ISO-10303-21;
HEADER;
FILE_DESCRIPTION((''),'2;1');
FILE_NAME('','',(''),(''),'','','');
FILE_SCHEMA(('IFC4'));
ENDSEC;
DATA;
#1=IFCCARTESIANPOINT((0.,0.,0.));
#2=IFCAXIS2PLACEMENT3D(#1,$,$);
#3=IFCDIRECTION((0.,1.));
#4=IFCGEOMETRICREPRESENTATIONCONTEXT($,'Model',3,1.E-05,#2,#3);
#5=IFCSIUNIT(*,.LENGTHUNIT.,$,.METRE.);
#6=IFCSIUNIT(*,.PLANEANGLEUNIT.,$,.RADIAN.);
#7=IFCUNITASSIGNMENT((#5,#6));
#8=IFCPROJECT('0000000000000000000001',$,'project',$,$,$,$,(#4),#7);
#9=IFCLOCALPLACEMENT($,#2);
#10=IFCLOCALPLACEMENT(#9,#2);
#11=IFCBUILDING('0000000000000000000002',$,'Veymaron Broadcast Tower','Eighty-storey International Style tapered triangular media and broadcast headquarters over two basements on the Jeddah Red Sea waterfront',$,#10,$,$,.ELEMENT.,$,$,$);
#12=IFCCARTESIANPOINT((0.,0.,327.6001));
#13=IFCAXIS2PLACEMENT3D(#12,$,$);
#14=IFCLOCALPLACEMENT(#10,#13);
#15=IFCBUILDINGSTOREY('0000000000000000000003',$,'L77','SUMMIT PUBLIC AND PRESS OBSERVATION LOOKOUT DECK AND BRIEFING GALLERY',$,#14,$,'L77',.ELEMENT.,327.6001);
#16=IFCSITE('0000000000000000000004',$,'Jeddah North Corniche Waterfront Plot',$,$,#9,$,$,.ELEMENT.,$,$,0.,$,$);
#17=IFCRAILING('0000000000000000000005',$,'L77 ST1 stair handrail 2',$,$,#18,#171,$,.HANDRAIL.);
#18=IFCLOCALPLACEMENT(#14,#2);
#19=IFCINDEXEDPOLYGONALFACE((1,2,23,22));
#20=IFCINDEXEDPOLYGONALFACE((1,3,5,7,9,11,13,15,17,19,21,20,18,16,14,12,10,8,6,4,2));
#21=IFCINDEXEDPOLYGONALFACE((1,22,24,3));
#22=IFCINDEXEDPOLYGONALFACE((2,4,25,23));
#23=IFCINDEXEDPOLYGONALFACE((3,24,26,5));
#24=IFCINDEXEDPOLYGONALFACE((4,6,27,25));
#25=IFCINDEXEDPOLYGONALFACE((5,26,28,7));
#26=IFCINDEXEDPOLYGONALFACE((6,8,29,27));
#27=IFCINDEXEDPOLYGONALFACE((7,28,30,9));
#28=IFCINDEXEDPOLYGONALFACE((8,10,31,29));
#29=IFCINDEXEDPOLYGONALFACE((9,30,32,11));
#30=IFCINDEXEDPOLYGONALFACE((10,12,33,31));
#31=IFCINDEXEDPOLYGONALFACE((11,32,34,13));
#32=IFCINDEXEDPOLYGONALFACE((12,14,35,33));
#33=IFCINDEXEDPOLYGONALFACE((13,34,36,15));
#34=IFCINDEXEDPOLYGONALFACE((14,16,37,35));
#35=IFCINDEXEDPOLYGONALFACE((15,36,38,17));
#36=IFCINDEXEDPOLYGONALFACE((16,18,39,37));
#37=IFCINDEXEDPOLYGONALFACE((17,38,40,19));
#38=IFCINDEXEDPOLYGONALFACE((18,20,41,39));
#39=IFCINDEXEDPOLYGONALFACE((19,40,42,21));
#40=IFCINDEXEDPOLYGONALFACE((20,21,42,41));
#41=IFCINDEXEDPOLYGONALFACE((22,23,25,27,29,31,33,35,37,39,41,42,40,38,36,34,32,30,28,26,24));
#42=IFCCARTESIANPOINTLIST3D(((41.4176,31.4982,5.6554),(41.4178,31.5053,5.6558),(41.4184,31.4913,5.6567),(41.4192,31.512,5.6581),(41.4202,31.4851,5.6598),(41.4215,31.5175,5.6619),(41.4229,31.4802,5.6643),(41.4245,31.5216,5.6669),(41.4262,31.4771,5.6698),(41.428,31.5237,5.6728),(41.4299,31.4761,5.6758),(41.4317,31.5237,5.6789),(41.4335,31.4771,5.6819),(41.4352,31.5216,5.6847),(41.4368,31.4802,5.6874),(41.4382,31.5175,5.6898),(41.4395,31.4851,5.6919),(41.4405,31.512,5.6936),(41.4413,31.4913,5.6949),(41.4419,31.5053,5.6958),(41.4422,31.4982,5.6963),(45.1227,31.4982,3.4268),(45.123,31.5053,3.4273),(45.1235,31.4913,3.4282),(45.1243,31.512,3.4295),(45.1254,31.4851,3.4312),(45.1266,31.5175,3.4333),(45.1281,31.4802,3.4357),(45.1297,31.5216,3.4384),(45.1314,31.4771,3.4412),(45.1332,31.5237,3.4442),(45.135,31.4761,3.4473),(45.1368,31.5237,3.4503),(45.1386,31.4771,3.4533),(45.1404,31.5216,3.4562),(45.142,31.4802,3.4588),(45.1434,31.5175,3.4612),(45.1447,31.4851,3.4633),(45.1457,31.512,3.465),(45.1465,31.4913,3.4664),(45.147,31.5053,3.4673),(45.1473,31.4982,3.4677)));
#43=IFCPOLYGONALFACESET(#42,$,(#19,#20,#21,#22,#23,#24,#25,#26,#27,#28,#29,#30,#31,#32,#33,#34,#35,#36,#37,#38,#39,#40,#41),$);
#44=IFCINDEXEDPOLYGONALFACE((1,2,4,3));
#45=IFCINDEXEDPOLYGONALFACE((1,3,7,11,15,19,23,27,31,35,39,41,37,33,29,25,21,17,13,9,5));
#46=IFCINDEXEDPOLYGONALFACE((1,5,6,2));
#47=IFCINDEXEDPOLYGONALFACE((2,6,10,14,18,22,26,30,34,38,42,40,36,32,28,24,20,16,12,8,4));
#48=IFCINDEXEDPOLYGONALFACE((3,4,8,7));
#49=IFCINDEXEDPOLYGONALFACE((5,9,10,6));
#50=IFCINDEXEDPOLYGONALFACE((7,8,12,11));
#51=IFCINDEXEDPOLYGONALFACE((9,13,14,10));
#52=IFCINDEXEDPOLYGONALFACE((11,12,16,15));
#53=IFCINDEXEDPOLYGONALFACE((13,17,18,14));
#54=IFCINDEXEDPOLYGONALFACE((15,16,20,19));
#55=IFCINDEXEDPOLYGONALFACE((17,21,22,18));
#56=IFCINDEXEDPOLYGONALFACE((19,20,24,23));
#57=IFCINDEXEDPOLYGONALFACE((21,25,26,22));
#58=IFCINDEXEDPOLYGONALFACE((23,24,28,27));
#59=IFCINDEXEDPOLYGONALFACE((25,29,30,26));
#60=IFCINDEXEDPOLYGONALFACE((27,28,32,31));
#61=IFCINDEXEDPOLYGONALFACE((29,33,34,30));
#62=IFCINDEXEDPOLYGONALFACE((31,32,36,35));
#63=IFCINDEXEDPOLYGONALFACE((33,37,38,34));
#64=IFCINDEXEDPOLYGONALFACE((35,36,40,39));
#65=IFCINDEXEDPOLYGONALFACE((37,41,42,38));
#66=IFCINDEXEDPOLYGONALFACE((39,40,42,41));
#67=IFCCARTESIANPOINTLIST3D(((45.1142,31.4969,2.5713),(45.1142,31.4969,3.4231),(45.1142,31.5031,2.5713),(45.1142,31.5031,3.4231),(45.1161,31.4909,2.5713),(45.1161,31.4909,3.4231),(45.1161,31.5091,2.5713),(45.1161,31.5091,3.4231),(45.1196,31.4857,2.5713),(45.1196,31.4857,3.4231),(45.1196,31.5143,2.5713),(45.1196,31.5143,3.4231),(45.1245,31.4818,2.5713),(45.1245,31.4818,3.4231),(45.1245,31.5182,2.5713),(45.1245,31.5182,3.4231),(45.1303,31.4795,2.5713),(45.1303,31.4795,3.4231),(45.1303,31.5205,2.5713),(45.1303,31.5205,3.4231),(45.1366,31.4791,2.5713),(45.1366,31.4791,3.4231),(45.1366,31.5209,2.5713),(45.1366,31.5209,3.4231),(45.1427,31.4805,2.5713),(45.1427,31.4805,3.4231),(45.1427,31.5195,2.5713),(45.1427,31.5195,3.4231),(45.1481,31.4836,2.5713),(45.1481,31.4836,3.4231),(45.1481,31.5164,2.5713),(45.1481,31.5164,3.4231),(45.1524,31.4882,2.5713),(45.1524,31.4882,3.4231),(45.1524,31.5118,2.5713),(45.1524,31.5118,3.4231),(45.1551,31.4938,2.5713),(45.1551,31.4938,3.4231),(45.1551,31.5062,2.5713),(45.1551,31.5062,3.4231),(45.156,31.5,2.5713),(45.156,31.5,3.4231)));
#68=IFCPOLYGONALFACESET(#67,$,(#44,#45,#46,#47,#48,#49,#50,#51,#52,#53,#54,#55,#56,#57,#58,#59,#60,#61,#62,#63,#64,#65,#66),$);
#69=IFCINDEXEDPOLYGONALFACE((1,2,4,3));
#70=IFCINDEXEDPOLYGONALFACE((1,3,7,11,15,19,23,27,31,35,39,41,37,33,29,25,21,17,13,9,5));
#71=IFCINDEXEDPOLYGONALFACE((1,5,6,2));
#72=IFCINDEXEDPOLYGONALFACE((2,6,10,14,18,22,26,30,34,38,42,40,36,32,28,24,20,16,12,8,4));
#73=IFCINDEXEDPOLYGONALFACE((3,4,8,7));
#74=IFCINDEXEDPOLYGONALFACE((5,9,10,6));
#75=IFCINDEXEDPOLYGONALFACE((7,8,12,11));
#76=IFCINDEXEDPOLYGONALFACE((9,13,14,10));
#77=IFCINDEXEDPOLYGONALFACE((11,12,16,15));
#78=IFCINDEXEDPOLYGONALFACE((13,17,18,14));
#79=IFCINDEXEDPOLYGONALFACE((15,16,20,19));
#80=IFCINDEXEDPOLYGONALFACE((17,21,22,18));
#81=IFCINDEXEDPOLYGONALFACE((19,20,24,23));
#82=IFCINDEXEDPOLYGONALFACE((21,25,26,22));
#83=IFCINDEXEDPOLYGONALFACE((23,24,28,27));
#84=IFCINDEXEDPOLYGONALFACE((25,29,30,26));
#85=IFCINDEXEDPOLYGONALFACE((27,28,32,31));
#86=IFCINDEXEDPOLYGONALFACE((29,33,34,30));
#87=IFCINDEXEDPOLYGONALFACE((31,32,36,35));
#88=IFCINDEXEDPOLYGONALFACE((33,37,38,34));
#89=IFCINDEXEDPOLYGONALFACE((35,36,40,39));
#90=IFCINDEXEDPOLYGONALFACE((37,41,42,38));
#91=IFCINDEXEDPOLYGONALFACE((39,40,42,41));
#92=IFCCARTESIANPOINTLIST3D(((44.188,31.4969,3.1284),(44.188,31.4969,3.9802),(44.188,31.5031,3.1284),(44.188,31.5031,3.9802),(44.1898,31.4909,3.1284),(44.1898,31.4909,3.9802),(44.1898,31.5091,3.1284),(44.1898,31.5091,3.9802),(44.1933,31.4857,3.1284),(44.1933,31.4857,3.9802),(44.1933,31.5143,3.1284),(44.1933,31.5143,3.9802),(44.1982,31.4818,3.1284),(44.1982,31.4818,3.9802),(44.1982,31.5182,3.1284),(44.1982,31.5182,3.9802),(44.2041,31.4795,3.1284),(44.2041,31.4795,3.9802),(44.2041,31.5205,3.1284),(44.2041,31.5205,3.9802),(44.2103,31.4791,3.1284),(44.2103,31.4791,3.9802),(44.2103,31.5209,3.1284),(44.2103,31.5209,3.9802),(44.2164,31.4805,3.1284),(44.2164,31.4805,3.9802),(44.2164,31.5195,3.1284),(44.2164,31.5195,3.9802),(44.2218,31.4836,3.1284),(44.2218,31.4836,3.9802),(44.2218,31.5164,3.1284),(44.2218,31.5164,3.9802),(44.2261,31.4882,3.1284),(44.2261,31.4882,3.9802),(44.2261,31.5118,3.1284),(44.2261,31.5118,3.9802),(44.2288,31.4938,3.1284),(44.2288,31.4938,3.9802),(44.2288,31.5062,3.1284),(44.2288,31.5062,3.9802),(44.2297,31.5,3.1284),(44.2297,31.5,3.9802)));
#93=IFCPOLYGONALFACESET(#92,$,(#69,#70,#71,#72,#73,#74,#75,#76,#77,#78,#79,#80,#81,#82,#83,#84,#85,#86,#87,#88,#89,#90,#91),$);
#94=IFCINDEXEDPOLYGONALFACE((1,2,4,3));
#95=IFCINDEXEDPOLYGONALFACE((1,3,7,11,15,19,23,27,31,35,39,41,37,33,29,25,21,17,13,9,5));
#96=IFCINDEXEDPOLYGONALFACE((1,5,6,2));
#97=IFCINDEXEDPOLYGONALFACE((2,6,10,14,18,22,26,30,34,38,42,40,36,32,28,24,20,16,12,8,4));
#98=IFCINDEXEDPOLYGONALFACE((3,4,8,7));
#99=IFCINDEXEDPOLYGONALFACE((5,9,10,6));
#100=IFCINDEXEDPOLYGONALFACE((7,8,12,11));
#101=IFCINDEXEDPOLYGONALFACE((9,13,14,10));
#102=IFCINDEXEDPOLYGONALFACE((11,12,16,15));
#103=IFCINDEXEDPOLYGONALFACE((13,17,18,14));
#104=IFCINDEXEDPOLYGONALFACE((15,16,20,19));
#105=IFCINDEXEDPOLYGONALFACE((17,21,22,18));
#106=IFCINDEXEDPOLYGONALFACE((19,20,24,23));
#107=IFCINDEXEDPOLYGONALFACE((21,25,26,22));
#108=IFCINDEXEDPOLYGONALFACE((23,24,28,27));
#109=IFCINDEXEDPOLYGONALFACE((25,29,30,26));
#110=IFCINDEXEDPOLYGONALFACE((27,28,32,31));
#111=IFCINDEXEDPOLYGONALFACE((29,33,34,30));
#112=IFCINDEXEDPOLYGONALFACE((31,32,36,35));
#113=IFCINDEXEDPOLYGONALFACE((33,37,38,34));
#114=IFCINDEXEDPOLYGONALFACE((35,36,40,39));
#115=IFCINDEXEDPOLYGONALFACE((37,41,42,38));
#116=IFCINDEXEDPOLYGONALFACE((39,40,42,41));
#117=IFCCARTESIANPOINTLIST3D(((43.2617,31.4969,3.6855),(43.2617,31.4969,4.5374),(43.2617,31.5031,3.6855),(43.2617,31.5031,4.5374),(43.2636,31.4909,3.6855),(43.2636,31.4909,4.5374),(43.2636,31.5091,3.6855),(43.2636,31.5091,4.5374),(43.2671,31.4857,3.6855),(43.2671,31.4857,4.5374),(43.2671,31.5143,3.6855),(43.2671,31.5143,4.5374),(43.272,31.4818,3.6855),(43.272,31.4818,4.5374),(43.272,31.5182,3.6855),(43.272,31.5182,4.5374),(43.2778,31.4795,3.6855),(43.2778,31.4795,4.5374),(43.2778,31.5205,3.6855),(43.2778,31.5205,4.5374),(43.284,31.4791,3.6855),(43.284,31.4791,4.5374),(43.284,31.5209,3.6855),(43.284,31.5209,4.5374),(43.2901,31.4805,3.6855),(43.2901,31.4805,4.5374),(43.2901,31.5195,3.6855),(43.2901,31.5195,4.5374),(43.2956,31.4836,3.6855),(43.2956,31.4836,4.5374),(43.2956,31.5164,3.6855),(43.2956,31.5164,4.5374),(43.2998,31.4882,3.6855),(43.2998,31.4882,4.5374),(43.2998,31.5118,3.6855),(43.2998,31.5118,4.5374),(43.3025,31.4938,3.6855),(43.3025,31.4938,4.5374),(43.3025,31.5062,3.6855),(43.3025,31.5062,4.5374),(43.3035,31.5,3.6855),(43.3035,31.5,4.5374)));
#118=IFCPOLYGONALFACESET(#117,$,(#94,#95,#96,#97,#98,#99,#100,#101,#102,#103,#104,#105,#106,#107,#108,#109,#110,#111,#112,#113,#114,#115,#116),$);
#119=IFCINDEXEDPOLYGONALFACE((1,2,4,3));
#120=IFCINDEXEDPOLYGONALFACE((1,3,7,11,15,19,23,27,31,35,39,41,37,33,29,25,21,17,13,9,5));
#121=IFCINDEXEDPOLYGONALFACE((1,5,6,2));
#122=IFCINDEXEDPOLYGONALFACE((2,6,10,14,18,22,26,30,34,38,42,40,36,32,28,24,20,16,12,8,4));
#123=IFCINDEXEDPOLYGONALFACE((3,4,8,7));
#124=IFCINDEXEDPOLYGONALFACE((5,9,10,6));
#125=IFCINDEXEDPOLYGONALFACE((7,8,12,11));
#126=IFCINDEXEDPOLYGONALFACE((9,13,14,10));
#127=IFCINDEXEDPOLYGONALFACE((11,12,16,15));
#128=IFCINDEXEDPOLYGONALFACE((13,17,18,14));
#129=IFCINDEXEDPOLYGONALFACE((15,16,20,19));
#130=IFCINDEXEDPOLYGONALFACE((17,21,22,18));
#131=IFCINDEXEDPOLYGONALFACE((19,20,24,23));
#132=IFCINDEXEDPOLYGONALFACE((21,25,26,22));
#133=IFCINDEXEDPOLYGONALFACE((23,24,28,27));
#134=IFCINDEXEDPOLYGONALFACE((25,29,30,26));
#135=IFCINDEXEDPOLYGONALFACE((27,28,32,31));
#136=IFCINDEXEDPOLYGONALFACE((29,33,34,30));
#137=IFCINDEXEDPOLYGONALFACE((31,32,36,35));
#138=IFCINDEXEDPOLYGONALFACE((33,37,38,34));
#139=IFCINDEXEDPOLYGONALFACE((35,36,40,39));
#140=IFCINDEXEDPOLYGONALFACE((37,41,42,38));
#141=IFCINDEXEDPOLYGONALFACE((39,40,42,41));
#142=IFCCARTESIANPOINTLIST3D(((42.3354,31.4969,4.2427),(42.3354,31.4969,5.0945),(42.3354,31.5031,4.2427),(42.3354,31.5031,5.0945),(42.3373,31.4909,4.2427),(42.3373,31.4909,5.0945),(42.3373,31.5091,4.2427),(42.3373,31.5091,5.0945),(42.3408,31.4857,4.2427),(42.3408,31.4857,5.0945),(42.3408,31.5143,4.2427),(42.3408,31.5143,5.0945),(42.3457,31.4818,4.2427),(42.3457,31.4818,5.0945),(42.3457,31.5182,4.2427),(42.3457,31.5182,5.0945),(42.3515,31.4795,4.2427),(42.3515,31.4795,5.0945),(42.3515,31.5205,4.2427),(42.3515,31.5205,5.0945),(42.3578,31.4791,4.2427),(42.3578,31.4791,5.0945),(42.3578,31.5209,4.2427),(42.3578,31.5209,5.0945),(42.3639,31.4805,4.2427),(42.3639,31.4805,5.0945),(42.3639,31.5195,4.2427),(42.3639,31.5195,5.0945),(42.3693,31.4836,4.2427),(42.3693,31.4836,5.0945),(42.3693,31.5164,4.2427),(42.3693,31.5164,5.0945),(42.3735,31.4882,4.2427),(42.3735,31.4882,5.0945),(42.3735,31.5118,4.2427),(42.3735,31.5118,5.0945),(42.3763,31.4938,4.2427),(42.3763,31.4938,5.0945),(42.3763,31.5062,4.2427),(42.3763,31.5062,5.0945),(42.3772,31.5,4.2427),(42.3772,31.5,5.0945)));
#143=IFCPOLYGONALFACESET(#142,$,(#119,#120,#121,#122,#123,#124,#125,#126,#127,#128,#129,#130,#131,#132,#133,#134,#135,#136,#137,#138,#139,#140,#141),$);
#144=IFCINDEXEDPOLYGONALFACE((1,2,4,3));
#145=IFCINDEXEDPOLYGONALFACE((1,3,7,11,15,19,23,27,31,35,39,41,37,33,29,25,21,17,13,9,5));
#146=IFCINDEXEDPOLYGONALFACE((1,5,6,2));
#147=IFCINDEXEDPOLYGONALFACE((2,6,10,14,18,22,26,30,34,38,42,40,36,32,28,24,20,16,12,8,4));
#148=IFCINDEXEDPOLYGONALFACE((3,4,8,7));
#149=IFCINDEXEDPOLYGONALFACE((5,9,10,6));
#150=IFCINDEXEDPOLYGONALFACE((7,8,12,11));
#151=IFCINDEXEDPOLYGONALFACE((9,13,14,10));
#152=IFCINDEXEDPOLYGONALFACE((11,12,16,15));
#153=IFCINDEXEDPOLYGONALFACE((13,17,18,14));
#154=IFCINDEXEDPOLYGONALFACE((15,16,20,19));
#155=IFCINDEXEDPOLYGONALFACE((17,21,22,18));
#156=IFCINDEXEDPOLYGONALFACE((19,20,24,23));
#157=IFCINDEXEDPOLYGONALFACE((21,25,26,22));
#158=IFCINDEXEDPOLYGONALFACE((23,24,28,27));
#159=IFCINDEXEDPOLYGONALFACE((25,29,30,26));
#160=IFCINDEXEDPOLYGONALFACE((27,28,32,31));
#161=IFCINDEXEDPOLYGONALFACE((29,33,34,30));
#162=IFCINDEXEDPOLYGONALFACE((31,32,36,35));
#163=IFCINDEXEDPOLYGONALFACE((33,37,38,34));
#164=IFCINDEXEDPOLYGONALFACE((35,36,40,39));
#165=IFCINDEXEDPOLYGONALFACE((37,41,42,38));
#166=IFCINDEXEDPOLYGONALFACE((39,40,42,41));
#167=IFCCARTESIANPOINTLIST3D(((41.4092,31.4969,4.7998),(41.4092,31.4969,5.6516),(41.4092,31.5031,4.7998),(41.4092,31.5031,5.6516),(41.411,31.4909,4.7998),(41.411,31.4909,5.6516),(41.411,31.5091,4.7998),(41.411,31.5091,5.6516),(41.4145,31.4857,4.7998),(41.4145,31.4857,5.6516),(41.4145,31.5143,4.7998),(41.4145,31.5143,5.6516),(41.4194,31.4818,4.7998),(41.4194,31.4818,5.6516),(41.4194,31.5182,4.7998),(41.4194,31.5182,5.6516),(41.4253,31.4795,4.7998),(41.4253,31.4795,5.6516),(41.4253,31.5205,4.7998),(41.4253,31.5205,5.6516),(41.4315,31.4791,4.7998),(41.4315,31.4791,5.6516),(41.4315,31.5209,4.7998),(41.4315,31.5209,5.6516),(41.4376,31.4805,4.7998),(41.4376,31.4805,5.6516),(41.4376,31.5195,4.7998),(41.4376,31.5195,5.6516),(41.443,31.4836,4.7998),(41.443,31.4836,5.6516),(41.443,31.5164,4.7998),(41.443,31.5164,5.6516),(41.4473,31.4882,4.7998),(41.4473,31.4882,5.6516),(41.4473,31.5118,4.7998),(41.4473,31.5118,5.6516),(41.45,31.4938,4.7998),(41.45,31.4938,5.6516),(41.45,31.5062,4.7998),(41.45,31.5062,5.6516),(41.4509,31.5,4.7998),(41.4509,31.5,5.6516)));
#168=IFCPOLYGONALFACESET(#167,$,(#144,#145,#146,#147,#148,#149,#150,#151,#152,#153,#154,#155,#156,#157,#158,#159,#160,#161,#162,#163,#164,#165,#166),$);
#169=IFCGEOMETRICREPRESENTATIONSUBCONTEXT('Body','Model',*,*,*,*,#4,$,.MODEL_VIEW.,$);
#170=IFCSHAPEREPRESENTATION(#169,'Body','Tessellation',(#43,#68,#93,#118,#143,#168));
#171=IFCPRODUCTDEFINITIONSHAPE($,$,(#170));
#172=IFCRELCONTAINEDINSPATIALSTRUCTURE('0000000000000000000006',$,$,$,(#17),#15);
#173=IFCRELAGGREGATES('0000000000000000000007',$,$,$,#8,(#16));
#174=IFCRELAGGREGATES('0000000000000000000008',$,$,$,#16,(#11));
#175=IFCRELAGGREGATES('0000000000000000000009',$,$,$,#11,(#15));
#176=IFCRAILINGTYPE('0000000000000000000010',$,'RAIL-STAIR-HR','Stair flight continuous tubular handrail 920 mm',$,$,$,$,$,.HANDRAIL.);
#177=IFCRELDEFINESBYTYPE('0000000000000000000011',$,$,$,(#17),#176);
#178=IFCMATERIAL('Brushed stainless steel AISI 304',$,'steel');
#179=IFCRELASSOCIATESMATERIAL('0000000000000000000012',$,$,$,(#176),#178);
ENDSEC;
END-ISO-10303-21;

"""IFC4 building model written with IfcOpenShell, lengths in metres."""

from ifc_helpers import new_model, si_unit, direction, frame, origin, origin_2d, place, context, subcontext, project, spatial, circle, extrude, material, type_object, element, save


model = new_model("IFC4")

# Units and contexts
model_context = context("Model", 3, precision=1e-05, world=origin(), true_north=direction((0.0, 1.0)))
body_context = subcontext(model_context, "Body", "Model", "MODEL_VIEW")
ifc_project = project(units=[si_unit("LENGTHUNIT", "METRE"), si_unit("PLANEANGLEUNIT", "RADIAN")], contexts=[model_context])

# Site, building, storey
site_placement = place(None, origin())
site = spatial("IfcSite", under=ifc_project, at=site_placement, Name="Jeddah North Corniche Waterfront Plot", CompositionType="ELEMENT", RefElevation=0.0)
building_placement = place(site_placement, origin())
building = spatial("IfcBuilding", under=site, at=building_placement, Name="Veymaron Broadcast Tower", Description="Eighty-storey International Style tapered triangular media and broadcast headquarters over two basements on the Jeddah Red Sea waterfront", CompositionType="ELEMENT")
storey_placement = place(building_placement, frame((0.0, 0.0, 327.6001)))
storey = spatial("IfcBuildingStorey", under=building, at=storey_placement, Name="L77", Description="SUMMIT PUBLIC AND PRESS OBSERVATION LOOKOUT DECK AND BRIEFING GALLERY", LongName="L77", CompositionType="ELEMENT", Elevation=327.6001)

# Railing
ifc_material_1 = material(Name="Brushed stainless steel AISI 304", Category="steel")
railing_type_1 = type_object("IfcRailingType", Name="RAIL-STAIR-HR", Description="Stair flight continuous tubular handrail 920 mm", PredefinedType="HANDRAIL", material=ifc_material_1)
railing_1_placement = place(storey_placement, frame((45.135, 31.5, 2.5713)))
element("IfcRailing", 1, at=railing_1_placement, inside=storey, type_object=railing_type_1, Name="L77 ST1 stair handrail 2", PredefinedType="HANDRAIL", context=body_context, shape_type="SweptSolid", body=[
    extrude(circle(Radius=0.0239, at=origin_2d()), frame((0.0, 0.0, 0.876), z_axis=(-0.856934, 0.0, 0.515425), x_axis=(0.0, -1.0, 0.0)), (0.0, 0.0, 1.0), 4.3237),
    extrude(circle(Radius=0.021, at=origin_2d()), origin(), (0.0, 0.0, 1.0), 0.8518),
    extrude(circle(Radius=0.021, at=origin_2d()), frame((-0.9263, 0.0, 0.5571)), (0.0, 0.0, 1.0), 0.8518),
    extrude(circle(Radius=0.021, at=origin_2d()), frame((-1.8525, 0.0, 1.1143)), (0.0, 0.0, 1.0), 0.8518),
    extrude(circle(Radius=0.021, at=origin_2d()), frame((-2.7788, 0.0, 1.6714)), (0.0, 0.0, 1.0), 0.8518),
    extrude(circle(Radius=0.021, at=origin_2d()), frame((-3.7051, 0.0, 2.2285)), (0.0, 0.0, 1.0), 0.8518),
])

save(model, "model.ifc")
